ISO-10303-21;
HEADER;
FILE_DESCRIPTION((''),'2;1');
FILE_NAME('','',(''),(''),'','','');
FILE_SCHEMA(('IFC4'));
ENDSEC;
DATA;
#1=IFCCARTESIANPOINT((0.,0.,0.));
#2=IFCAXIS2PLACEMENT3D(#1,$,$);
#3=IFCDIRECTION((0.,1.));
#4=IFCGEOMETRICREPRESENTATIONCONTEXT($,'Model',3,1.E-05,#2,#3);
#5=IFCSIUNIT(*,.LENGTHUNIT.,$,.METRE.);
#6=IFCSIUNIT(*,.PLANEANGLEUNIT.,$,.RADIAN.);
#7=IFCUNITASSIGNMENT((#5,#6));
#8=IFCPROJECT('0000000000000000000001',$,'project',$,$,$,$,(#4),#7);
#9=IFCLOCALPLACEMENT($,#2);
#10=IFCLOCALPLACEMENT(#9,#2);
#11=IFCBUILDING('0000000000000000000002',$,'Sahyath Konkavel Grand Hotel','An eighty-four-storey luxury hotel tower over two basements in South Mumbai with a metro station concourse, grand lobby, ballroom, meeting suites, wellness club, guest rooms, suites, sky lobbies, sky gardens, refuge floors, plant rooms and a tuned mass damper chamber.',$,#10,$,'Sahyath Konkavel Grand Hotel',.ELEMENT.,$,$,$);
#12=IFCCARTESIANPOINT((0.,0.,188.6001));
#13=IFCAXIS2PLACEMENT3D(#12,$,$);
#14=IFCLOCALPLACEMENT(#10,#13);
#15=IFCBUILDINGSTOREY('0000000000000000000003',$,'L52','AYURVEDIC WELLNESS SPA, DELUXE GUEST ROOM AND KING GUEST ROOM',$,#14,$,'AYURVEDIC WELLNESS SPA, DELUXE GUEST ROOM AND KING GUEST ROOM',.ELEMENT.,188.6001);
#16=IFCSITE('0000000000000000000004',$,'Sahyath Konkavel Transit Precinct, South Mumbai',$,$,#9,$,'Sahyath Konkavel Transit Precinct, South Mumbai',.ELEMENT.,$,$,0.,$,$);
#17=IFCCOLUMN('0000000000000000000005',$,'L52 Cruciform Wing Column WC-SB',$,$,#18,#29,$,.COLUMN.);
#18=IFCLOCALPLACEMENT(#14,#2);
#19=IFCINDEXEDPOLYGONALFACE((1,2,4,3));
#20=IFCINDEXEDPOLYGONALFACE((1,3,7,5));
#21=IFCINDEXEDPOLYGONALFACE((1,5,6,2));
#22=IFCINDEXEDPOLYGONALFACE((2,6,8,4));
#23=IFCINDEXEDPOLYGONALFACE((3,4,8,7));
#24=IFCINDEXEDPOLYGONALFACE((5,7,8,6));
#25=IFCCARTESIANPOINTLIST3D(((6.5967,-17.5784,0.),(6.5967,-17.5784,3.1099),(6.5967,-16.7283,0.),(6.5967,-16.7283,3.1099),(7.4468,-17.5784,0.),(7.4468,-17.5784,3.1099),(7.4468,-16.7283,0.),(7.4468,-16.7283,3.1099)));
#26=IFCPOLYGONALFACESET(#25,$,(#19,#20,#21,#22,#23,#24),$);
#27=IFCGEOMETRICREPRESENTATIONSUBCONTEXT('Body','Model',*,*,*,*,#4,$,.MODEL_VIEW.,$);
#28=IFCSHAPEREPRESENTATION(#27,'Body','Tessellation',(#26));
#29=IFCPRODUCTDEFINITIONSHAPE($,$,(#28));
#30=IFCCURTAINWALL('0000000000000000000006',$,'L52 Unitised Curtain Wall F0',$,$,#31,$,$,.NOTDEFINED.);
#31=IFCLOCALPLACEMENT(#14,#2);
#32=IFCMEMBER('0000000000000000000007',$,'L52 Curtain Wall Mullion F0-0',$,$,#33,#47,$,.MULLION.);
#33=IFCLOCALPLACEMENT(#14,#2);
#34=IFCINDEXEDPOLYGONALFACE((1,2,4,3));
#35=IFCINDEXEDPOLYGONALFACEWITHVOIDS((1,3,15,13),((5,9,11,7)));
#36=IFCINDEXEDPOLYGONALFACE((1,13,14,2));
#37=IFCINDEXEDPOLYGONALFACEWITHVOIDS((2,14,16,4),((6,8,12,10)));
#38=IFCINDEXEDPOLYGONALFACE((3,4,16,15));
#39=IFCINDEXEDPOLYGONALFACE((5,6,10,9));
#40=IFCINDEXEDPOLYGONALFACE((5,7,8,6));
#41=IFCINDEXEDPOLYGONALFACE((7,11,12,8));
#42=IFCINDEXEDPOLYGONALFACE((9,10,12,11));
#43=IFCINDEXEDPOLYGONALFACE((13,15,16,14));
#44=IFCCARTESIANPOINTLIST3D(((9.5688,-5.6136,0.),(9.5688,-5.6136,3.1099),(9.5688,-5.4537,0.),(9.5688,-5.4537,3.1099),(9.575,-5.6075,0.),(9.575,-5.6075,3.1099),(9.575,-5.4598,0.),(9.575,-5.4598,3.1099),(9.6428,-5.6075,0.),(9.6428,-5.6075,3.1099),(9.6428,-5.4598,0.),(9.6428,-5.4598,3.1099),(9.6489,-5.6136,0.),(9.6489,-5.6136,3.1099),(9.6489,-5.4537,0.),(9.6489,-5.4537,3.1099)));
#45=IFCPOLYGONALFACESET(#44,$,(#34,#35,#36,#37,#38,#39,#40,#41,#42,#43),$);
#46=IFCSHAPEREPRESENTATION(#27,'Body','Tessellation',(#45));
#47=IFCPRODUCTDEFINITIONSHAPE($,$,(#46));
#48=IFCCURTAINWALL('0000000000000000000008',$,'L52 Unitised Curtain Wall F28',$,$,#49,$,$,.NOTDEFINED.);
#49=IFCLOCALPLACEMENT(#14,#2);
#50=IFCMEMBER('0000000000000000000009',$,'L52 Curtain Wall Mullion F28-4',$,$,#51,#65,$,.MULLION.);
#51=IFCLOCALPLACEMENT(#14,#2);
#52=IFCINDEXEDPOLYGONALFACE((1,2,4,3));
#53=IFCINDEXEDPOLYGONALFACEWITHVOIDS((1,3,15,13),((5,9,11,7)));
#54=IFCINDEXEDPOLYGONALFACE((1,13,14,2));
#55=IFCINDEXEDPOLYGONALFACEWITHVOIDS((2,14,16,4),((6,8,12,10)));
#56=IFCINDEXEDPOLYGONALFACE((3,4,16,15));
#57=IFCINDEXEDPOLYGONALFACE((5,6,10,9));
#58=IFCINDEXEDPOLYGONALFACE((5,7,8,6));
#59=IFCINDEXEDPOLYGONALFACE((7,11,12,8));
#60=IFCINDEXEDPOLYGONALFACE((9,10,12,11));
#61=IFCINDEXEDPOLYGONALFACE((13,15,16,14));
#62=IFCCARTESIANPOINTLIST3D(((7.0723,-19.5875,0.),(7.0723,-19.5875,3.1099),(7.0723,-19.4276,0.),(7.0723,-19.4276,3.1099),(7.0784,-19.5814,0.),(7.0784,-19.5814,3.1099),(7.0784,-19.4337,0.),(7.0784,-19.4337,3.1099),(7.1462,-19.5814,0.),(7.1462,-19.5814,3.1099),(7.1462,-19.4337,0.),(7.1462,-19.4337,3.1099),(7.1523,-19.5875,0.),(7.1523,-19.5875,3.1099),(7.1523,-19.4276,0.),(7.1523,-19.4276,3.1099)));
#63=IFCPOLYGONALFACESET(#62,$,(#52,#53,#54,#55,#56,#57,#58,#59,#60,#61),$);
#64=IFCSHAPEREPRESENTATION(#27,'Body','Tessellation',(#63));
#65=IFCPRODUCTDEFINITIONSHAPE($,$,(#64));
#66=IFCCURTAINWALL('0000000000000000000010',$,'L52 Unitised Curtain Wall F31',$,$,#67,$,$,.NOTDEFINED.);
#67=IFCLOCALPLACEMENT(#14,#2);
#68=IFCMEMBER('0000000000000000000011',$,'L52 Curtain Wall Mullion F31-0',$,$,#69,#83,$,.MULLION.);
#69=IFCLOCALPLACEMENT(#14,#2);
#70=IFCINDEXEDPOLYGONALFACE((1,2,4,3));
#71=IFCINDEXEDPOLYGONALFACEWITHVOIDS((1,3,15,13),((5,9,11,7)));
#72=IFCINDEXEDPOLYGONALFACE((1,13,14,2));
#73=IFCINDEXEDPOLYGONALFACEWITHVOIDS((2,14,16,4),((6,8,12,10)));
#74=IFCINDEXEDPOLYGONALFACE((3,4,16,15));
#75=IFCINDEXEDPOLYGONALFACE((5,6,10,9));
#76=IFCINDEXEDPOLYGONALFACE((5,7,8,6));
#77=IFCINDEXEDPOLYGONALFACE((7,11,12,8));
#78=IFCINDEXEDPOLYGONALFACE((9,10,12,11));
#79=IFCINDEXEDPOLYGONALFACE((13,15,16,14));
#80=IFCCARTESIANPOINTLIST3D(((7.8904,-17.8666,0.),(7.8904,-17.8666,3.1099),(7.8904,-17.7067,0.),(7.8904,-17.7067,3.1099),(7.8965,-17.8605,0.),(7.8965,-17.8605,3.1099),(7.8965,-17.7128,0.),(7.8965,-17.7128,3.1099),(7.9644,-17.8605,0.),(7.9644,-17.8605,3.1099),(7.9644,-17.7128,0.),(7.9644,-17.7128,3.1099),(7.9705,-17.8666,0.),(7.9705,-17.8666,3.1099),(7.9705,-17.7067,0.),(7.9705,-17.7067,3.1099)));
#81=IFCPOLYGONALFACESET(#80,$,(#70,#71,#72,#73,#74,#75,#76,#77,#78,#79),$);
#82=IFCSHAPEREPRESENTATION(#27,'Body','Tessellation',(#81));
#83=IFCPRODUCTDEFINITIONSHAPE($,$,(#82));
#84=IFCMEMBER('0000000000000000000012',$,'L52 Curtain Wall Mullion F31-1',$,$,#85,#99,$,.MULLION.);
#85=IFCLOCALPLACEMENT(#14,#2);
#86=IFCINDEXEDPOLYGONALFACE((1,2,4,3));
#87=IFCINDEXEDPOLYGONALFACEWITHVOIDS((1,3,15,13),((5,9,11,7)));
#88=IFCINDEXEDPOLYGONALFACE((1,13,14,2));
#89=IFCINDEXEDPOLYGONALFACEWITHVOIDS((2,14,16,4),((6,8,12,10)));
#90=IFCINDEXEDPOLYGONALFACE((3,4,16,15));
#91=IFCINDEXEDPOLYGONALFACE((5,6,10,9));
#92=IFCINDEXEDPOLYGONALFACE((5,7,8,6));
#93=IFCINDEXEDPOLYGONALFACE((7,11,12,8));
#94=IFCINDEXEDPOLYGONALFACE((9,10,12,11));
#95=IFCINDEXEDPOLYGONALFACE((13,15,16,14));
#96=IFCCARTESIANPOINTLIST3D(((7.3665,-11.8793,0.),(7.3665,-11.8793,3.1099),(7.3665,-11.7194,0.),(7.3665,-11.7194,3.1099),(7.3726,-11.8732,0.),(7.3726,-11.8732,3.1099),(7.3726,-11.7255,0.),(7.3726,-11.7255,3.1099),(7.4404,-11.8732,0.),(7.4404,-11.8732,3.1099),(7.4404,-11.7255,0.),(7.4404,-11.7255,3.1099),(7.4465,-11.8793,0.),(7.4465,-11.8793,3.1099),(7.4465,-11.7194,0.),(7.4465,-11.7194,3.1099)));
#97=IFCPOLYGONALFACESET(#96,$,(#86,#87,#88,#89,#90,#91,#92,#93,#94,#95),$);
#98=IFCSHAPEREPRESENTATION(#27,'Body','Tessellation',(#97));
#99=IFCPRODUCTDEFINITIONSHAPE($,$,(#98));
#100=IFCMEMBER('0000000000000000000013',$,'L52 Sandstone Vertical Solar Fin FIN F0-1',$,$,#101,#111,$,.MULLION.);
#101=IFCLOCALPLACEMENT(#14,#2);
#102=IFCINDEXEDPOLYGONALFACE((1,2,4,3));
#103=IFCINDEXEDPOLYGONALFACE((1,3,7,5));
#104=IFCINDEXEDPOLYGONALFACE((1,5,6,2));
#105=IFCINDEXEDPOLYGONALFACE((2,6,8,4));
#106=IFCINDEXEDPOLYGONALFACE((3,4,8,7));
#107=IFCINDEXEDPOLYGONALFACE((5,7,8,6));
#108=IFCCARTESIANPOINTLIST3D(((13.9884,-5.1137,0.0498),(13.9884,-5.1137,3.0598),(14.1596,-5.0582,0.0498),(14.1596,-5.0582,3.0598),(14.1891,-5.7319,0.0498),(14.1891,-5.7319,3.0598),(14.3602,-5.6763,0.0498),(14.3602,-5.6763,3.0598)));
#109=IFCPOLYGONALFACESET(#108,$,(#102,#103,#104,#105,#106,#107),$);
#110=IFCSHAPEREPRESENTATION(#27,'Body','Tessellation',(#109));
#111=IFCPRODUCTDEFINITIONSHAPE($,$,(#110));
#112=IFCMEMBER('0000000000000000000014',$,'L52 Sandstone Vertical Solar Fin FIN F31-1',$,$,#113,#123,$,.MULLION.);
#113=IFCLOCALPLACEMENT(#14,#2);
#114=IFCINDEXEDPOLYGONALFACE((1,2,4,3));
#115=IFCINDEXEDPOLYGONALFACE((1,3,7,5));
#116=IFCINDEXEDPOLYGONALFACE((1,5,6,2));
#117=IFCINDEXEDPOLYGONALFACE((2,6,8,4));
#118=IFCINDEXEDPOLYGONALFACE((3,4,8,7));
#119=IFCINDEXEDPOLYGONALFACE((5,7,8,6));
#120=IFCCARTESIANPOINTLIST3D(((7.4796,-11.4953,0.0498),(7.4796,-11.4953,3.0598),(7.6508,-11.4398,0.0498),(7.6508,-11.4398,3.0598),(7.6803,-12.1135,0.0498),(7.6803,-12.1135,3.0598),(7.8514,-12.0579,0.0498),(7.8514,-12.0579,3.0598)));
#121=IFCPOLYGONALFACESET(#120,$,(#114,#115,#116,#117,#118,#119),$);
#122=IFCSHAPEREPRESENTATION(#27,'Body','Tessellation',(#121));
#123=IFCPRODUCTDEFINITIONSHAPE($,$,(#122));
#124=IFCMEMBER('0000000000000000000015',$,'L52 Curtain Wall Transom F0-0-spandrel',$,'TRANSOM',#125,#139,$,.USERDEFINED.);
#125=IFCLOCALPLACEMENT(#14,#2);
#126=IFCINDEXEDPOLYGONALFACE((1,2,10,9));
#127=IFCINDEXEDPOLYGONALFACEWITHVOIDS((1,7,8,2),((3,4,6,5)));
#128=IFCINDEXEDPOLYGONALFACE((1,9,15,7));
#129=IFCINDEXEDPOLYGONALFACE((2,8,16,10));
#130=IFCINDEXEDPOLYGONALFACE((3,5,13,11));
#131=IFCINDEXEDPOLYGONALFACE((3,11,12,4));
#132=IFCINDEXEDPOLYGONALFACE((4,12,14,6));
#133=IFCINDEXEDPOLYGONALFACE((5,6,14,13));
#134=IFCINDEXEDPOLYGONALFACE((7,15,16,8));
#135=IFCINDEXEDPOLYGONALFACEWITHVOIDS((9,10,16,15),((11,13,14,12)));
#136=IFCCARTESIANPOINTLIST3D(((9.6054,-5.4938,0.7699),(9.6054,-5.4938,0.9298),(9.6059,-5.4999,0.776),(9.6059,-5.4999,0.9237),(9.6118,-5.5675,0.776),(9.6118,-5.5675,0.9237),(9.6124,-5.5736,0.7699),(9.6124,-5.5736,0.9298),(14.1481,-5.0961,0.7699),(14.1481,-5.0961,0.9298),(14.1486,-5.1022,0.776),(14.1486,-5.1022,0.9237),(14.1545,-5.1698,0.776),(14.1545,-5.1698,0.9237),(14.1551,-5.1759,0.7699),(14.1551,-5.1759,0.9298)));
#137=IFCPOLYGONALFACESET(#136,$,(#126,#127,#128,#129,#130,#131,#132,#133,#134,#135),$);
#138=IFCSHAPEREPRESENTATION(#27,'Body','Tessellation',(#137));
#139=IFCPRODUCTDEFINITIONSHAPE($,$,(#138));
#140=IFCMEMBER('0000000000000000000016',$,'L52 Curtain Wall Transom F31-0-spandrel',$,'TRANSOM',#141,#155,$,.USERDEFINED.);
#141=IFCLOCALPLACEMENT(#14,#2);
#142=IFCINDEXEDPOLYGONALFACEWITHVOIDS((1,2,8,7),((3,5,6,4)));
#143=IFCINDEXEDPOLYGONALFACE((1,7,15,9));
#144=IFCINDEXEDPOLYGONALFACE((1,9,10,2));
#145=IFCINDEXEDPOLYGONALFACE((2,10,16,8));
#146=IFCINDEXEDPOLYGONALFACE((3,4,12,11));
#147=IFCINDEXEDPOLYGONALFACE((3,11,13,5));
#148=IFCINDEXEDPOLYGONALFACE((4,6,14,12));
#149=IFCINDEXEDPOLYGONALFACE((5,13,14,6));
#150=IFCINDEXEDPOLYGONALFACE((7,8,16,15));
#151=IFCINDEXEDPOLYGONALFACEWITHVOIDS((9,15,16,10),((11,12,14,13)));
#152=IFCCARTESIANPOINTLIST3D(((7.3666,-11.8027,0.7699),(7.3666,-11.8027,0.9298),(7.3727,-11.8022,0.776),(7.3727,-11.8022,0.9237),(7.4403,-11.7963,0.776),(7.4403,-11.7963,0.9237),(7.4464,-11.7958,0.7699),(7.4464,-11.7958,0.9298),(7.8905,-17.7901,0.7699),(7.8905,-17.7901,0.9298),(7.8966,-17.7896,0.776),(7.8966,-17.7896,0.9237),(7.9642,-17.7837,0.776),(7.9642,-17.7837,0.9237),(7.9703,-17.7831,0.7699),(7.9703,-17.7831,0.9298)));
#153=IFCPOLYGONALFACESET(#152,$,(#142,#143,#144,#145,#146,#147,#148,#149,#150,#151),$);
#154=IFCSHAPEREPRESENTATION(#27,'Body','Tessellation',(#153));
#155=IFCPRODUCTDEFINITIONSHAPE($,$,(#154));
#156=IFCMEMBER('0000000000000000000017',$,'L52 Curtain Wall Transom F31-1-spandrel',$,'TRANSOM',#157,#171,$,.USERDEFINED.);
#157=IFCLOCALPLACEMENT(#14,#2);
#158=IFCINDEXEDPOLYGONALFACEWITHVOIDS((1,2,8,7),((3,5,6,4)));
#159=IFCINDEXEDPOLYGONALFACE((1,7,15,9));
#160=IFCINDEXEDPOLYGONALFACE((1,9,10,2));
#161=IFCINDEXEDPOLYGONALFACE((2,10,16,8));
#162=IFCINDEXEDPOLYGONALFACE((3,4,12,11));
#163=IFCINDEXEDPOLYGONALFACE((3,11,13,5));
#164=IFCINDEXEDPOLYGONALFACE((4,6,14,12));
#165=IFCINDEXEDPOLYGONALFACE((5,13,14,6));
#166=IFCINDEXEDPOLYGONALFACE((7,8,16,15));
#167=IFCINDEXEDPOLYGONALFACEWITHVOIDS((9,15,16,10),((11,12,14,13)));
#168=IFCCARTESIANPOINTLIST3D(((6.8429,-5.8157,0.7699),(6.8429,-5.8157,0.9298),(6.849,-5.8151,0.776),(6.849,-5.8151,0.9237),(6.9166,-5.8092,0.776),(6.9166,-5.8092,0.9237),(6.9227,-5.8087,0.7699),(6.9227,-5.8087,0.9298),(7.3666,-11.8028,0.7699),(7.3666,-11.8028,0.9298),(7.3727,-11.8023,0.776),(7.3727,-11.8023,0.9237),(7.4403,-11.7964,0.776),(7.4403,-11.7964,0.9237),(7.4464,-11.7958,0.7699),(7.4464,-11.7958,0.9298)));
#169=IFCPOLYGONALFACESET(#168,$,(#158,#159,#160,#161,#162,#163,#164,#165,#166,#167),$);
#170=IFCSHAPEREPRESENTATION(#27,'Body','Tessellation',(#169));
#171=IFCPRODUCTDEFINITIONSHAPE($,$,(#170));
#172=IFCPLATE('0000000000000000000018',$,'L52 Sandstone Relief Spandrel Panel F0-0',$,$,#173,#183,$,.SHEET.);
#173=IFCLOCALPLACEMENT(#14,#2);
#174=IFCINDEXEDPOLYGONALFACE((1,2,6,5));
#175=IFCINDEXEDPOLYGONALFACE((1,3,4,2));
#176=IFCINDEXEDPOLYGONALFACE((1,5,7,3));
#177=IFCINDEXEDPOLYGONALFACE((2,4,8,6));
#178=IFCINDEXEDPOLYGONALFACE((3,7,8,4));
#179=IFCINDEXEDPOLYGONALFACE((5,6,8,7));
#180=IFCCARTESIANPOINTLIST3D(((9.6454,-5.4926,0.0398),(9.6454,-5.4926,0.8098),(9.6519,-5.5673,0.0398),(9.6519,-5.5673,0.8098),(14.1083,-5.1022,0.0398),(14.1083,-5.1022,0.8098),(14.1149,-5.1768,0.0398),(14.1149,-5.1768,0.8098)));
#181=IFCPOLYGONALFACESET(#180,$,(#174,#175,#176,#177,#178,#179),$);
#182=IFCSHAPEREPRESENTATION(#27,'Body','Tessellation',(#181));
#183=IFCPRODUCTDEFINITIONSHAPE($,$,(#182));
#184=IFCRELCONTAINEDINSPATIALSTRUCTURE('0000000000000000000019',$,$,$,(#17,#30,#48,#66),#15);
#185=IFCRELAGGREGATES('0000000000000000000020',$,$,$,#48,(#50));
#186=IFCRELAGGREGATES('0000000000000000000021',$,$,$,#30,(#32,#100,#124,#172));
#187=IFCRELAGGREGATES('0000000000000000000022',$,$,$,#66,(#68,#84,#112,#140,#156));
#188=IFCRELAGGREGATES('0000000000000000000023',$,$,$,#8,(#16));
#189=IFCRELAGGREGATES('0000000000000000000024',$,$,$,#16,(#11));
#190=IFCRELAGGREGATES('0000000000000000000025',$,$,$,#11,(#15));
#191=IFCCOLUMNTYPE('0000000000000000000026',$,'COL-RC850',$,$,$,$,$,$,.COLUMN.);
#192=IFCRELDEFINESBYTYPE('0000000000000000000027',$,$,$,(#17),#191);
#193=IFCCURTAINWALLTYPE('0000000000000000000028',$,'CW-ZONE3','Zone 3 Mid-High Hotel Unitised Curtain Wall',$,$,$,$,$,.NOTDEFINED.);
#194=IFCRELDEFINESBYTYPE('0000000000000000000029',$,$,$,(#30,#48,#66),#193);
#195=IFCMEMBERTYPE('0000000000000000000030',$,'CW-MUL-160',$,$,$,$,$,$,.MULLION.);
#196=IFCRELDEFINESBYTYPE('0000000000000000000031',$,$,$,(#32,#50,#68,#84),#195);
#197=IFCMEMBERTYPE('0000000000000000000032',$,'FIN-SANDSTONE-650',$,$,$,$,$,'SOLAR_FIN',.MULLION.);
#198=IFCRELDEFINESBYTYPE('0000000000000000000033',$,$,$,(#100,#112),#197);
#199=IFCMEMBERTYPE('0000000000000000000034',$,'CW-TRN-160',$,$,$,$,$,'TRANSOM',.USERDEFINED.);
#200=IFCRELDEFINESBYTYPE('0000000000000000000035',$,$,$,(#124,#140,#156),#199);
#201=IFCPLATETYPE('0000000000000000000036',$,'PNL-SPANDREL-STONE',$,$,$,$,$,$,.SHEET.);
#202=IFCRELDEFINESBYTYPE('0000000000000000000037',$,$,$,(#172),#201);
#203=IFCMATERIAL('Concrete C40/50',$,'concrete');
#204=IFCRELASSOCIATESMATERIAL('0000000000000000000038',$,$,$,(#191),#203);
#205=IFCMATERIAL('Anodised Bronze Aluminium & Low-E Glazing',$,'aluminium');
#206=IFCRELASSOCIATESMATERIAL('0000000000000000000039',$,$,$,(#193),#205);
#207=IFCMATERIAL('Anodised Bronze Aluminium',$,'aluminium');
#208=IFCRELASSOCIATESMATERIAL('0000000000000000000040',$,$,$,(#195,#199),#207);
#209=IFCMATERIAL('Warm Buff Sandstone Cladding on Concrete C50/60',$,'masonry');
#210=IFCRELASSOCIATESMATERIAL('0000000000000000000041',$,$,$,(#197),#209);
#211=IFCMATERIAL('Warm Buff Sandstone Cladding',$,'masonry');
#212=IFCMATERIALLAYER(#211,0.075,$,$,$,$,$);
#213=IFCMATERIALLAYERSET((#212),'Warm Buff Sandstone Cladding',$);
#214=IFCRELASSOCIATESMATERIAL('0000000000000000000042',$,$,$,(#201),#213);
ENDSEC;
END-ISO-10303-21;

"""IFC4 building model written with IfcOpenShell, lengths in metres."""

from ifc_helpers import new_model, si_unit, direction, frame, origin, origin_2d, place, context, subcontext, project, spatial, rectangle, hollow_rectangle, extrude, source, transform, mapped, material, layer, layer_set, material_profile, profile_set, type_object, element, aggregate, save


model = new_model("IFC4")

# Units and contexts
model_context = context("Model", 3, precision=1e-05, world=origin(), true_north=direction((0.0, 1.0)))
body_context = subcontext(model_context, "Body", "Model", "MODEL_VIEW")
ifc_project = project(units=[si_unit("LENGTHUNIT", "METRE"), si_unit("PLANEANGLEUNIT", "RADIAN")], contexts=[model_context])

# Site, building, storey
site_placement = place(None, origin())
site = spatial("IfcSite", under=ifc_project, at=site_placement, Name="Sahyath Konkavel Transit Precinct, South Mumbai", LongName="Sahyath Konkavel Transit Precinct, South Mumbai", CompositionType="ELEMENT", RefElevation=0.0)
building_placement = place(site_placement, origin())
building = spatial("IfcBuilding", under=site, at=building_placement, Name="Sahyath Konkavel Grand Hotel", Description="An eighty-four-storey luxury hotel tower over two basements in South Mumbai with a metro station concourse, grand lobby, ballroom, meeting suites, wellness club, guest rooms, suites, sky lobbies, sky gardens, refuge floors, plant rooms and a tuned mass damper chamber.", LongName="Sahyath Konkavel Grand Hotel", CompositionType="ELEMENT")
storey_placement = place(building_placement, frame((0.0, 0.0, 188.6001)))
storey = spatial("IfcBuildingStorey", under=building, at=storey_placement, Name="L52", Description="AYURVEDIC WELLNESS SPA, DELUXE GUEST ROOM AND KING GUEST ROOM", LongName="AYURVEDIC WELLNESS SPA, DELUXE GUEST ROOM AND KING GUEST ROOM", CompositionType="ELEMENT", Elevation=188.6001)

# Column
ifc_material_1 = material(Name="Concrete C40/50", Category="concrete")
ifc_material_profile_1 = material_profile(ifc_material_1, rectangle(XDim=0.8501, YDim=0.8501, at=origin_2d()), Name="RC 850x850")
ifc_profile_set_1 = profile_set([ifc_material_profile_1], Name="Concrete C40/50")
column_type = type_object("IfcColumnType", Name="COL-RC850", PredefinedType="COLUMN", material=ifc_profile_set_1)
shared_shape_1 = source(origin(), body_context, "Body", "SweptSolid", [
    extrude(rectangle(XDim=0.8501, YDim=0.8501, at=origin_2d()), origin(), (0.0, 0.0, 1.0), 3.1099),
])
column_placement = place(storey_placement, frame((7.0217, -17.1533, 0.0), z_axis=(0.0, 0.0, 1.0), x_axis=(1.0, 0.0, 0.0)))
element("IfcColumn", 1, at=column_placement, inside=storey, type_object=column_type, Name="L52 Cruciform Wing Column WC-SB", PredefinedType="COLUMN", context=body_context, shape_type="MappedRepresentation", body=[
    mapped(shared_shape_1, transform((0.0, 0.0, 0.0), scale=1.0)),
])

# Curtain walls, members
ifc_material_2 = material(Name="Anodised Bronze Aluminium & Low-E Glazing", Category="aluminium")
curtain_wall_type = type_object("IfcCurtainWallType", Name="CW-ZONE3", Description="Zone 3 Mid-High Hotel Unitised Curtain Wall", PredefinedType="NOTDEFINED", material=ifc_material_2)
curtain_wall_1_placement = place(storey_placement, origin())
curtain_wall_1 = element("IfcCurtainWall", 2, at=curtain_wall_1_placement, inside=storey, type_object=curtain_wall_type, Name="L52 Unitised Curtain Wall F0", PredefinedType="NOTDEFINED")
ifc_material_3 = material(Name="Anodised Bronze Aluminium", Category="aluminium")
ifc_material_profile_2 = material_profile(ifc_material_3, hollow_rectangle(XDim=0.0801, YDim=0.1599, WallThickness=0.0061, at=origin_2d()), Name="RHS 160x80x6")
ifc_profile_set_2 = profile_set([ifc_material_profile_2], Name="Anodised Bronze Aluminium")
member_type_1 = type_object("IfcMemberType", Name="CW-MUL-160", PredefinedType="MULLION", material=ifc_profile_set_2)
shared_shape_2 = source(origin(), body_context, "Body", "SweptSolid", [
    extrude(hollow_rectangle(XDim=0.0801, YDim=0.1599, WallThickness=0.0061, at=origin_2d()), origin(), (0.0, 0.0, 1.0), 3.1099),
])
member_1_placement = place(storey_placement, frame((9.6089, -5.5337, 0.0), z_axis=(0.0, 0.0, 1.0), x_axis=(1.0, 0.0, 0.0)))
member_1 = element("IfcMember", 3, at=member_1_placement, type_object=member_type_1, Name="L52 Curtain Wall Mullion F0-0", PredefinedType="MULLION", context=body_context, shape_type="MappedRepresentation", body=[
    mapped(shared_shape_2, transform((0.0, 0.0, 0.0), scale=1.0)),
])
curtain_wall_2_placement = place(storey_placement, origin())
curtain_wall_2 = element("IfcCurtainWall", 4, at=curtain_wall_2_placement, inside=storey, type_object=curtain_wall_type, Name="L52 Unitised Curtain Wall F28", PredefinedType="NOTDEFINED")
member_2_placement = place(storey_placement, frame((7.1123, -19.5076, 0.0), z_axis=(0.0, 0.0, 1.0), x_axis=(1.0, 0.0, 0.0)))
member_2 = element("IfcMember", 5, at=member_2_placement, type_object=member_type_1, Name="L52 Curtain Wall Mullion F28-4", PredefinedType="MULLION", context=body_context, shape_type="MappedRepresentation", body=[
    mapped(shared_shape_2, transform((0.0, 0.0, 0.0), scale=1.0)),
])
aggregate(curtain_wall_2, [member_2])

# Curtain wall, members
curtain_wall_3_placement = place(storey_placement, origin())
curtain_wall_3 = element("IfcCurtainWall", 6, at=curtain_wall_3_placement, inside=storey, type_object=curtain_wall_type, Name="L52 Unitised Curtain Wall F31", PredefinedType="NOTDEFINED")
member_3_placement = place(storey_placement, frame((7.9304, -17.7866, 0.0), z_axis=(0.0, 0.0, 1.0), x_axis=(1.0, 0.0, 0.0)))
member_3 = element("IfcMember", 7, at=member_3_placement, type_object=member_type_1, Name="L52 Curtain Wall Mullion F31-0", PredefinedType="MULLION", context=body_context, shape_type="MappedRepresentation", body=[
    mapped(shared_shape_2, transform((0.0, 0.0, 0.0), scale=1.0)),
])
member_4_placement = place(storey_placement, frame((7.4065, -11.7993, 0.0), z_axis=(0.0, 0.0, 1.0), x_axis=(1.0, 0.0, 0.0)))
member_4 = element("IfcMember", 8, at=member_4_placement, type_object=member_type_1, Name="L52 Curtain Wall Mullion F31-1", PredefinedType="MULLION", context=body_context, shape_type="MappedRepresentation", body=[
    mapped(shared_shape_2, transform((0.0, 0.0, 0.0), scale=1.0)),
])

# Members
ifc_material_4 = material(Name="Warm Buff Sandstone Cladding on Concrete C50/60", Category="masonry")
ifc_material_profile_3 = material_profile(ifc_material_4, rectangle(XDim=0.1799, YDim=0.6499, at=origin_2d()), Name="FIN 180x650")
ifc_profile_set_3 = profile_set([ifc_material_profile_3], Name="Warm Buff Sandstone Cladding on Concrete C50/60")
member_type_2 = type_object("IfcMemberType", Name="FIN-SANDSTONE-650", ElementType="SOLAR_FIN", PredefinedType="MULLION", material=ifc_profile_set_3)
shared_shape_3 = source(origin(), body_context, "Body", "SweptSolid", [
    extrude(rectangle(XDim=0.1799, YDim=0.6499, at=origin_2d()), origin(), (0.0, 0.0, 1.0), 3.01),
])
member_5_placement = place(storey_placement, frame((14.1743, -5.395, 0.0498), z_axis=(0.0, 0.0, 1.0), x_axis=(0.951164, 0.308685, 0.0)))
member_5 = element("IfcMember", 9, at=member_5_placement, type_object=member_type_2, Name="L52 Sandstone Vertical Solar Fin FIN F0-1", PredefinedType="MULLION", context=body_context, shape_type="MappedRepresentation", body=[
    mapped(shared_shape_3, transform((0.0, 0.0, 0.0), scale=1.0)),
])
member_6_placement = place(storey_placement, frame((7.6655, -11.7766, 0.0498), z_axis=(0.0, 0.0, 1.0), x_axis=(0.951164, 0.308685, 0.0)))
member_6 = element("IfcMember", 10, at=member_6_placement, type_object=member_type_2, Name="L52 Sandstone Vertical Solar Fin FIN F31-1", PredefinedType="MULLION", context=body_context, shape_type="MappedRepresentation", body=[
    mapped(shared_shape_3, transform((0.0, 0.0, 0.0), scale=1.0)),
])
ifc_material_profile_4 = material_profile(ifc_material_3, hollow_rectangle(XDim=0.0801, YDim=0.1599, WallThickness=0.0061, at=origin_2d()), Name="RHS 160x80x6")
ifc_profile_set_4 = profile_set([ifc_material_profile_4], Name="Anodised Bronze Aluminium")
member_type_3 = type_object("IfcMemberType", Name="CW-TRN-160", ElementType="TRANSOM", PredefinedType="USERDEFINED", material=ifc_profile_set_4)
shared_shape_4 = source(origin(), body_context, "Body", "SweptSolid", [
    extrude(hollow_rectangle(XDim=0.0801, YDim=0.1599, WallThickness=0.0061, at=origin_2d()), origin(), (0.0, 0.0, 1.0), 4.5601),
])
member_7_placement = place(storey_placement, frame((9.6089, -5.5337, 0.8499), z_axis=(0.99619, 0.087214, 0.0), x_axis=(-0.087214, 0.99619, 0.0)))
member_7 = element("IfcMember", 11, at=member_7_placement, type_object=member_type_3, Name="L52 Curtain Wall Transom F0-0-spandrel", ObjectType="TRANSOM", PredefinedType="USERDEFINED", context=body_context, shape_type="MappedRepresentation", body=[
    mapped(shared_shape_4, transform((0.0, 0.0, 0.0), scale=1.0)),
])
shared_shape_5 = source(origin(), body_context, "Body", "SweptSolid", [
    extrude(hollow_rectangle(XDim=0.0801, YDim=0.1599, WallThickness=0.0061, at=origin_2d()), origin(), (0.0, 0.0, 1.0), 6.0103),
])
member_8_placement = place(storey_placement, frame((7.9304, -17.7866, 0.8499), z_axis=(-0.087173, 0.996193, 0.0), x_axis=(-0.996193, -0.087173, 0.0)))
member_8 = element("IfcMember", 12, at=member_8_placement, type_object=member_type_3, Name="L52 Curtain Wall Transom F31-0-spandrel", ObjectType="TRANSOM", PredefinedType="USERDEFINED", context=body_context, shape_type="MappedRepresentation", body=[
    mapped(shared_shape_5, transform((0.0, 0.0, 0.0), scale=1.0)),
])
shared_shape_6 = source(origin(), body_context, "Body", "SweptSolid", [
    extrude(hollow_rectangle(XDim=0.0801, YDim=0.1599, WallThickness=0.0061, at=origin_2d()), origin(), (0.0, 0.0, 1.0), 6.01),
])
member_9_placement = place(storey_placement, frame((7.4065, -11.7993, 0.8499), z_axis=(-0.087136, 0.996196, 0.0), x_axis=(-0.996196, -0.087136, 0.0)))
member_9 = element("IfcMember", 13, at=member_9_placement, type_object=member_type_3, Name="L52 Curtain Wall Transom F31-1-spandrel", ObjectType="TRANSOM", PredefinedType="USERDEFINED", context=body_context, shape_type="MappedRepresentation", body=[
    mapped(shared_shape_6, transform((0.0, 0.0, 0.0), scale=1.0)),
])

# Plate
ifc_material_5 = material(Name="Warm Buff Sandstone Cladding", Category="masonry")
ifc_layer_1 = layer(ifc_material_5, 0.075)
ifc_layer_set_1 = layer_set([ifc_layer_1], Name="Warm Buff Sandstone Cladding")
plate_type_1 = type_object("IfcPlateType", Name="PNL-SPANDREL-STONE", PredefinedType="SHEET", material=ifc_layer_set_1)
shared_shape_7 = source(origin(), body_context, "Body", "SweptSolid", [
    extrude(rectangle(XDim=4.48, YDim=0.075, at=origin_2d()), origin(), (0.0, 0.0, 1.0), 0.77),
])
plate_1_placement = place(storey_placement, frame((11.8801, -5.3347, 0.0398), z_axis=(0.0, 0.0, 1.0), x_axis=(0.996195, 0.087156, 0.0)))
plate_1 = element("IfcPlate", 14, at=plate_1_placement, type_object=plate_type_1, Name="L52 Sandstone Relief Spandrel Panel F0-0", PredefinedType="SHEET", context=body_context, shape_type="MappedRepresentation", body=[
    mapped(shared_shape_7, transform((0.0, 0.0, 0.0), scale=1.0)),
])
aggregate(curtain_wall_1, [member_1, member_5, member_7, plate_1])
aggregate(curtain_wall_3, [member_3, member_4, member_6, member_8, member_9])

save(model, "model.ifc")
